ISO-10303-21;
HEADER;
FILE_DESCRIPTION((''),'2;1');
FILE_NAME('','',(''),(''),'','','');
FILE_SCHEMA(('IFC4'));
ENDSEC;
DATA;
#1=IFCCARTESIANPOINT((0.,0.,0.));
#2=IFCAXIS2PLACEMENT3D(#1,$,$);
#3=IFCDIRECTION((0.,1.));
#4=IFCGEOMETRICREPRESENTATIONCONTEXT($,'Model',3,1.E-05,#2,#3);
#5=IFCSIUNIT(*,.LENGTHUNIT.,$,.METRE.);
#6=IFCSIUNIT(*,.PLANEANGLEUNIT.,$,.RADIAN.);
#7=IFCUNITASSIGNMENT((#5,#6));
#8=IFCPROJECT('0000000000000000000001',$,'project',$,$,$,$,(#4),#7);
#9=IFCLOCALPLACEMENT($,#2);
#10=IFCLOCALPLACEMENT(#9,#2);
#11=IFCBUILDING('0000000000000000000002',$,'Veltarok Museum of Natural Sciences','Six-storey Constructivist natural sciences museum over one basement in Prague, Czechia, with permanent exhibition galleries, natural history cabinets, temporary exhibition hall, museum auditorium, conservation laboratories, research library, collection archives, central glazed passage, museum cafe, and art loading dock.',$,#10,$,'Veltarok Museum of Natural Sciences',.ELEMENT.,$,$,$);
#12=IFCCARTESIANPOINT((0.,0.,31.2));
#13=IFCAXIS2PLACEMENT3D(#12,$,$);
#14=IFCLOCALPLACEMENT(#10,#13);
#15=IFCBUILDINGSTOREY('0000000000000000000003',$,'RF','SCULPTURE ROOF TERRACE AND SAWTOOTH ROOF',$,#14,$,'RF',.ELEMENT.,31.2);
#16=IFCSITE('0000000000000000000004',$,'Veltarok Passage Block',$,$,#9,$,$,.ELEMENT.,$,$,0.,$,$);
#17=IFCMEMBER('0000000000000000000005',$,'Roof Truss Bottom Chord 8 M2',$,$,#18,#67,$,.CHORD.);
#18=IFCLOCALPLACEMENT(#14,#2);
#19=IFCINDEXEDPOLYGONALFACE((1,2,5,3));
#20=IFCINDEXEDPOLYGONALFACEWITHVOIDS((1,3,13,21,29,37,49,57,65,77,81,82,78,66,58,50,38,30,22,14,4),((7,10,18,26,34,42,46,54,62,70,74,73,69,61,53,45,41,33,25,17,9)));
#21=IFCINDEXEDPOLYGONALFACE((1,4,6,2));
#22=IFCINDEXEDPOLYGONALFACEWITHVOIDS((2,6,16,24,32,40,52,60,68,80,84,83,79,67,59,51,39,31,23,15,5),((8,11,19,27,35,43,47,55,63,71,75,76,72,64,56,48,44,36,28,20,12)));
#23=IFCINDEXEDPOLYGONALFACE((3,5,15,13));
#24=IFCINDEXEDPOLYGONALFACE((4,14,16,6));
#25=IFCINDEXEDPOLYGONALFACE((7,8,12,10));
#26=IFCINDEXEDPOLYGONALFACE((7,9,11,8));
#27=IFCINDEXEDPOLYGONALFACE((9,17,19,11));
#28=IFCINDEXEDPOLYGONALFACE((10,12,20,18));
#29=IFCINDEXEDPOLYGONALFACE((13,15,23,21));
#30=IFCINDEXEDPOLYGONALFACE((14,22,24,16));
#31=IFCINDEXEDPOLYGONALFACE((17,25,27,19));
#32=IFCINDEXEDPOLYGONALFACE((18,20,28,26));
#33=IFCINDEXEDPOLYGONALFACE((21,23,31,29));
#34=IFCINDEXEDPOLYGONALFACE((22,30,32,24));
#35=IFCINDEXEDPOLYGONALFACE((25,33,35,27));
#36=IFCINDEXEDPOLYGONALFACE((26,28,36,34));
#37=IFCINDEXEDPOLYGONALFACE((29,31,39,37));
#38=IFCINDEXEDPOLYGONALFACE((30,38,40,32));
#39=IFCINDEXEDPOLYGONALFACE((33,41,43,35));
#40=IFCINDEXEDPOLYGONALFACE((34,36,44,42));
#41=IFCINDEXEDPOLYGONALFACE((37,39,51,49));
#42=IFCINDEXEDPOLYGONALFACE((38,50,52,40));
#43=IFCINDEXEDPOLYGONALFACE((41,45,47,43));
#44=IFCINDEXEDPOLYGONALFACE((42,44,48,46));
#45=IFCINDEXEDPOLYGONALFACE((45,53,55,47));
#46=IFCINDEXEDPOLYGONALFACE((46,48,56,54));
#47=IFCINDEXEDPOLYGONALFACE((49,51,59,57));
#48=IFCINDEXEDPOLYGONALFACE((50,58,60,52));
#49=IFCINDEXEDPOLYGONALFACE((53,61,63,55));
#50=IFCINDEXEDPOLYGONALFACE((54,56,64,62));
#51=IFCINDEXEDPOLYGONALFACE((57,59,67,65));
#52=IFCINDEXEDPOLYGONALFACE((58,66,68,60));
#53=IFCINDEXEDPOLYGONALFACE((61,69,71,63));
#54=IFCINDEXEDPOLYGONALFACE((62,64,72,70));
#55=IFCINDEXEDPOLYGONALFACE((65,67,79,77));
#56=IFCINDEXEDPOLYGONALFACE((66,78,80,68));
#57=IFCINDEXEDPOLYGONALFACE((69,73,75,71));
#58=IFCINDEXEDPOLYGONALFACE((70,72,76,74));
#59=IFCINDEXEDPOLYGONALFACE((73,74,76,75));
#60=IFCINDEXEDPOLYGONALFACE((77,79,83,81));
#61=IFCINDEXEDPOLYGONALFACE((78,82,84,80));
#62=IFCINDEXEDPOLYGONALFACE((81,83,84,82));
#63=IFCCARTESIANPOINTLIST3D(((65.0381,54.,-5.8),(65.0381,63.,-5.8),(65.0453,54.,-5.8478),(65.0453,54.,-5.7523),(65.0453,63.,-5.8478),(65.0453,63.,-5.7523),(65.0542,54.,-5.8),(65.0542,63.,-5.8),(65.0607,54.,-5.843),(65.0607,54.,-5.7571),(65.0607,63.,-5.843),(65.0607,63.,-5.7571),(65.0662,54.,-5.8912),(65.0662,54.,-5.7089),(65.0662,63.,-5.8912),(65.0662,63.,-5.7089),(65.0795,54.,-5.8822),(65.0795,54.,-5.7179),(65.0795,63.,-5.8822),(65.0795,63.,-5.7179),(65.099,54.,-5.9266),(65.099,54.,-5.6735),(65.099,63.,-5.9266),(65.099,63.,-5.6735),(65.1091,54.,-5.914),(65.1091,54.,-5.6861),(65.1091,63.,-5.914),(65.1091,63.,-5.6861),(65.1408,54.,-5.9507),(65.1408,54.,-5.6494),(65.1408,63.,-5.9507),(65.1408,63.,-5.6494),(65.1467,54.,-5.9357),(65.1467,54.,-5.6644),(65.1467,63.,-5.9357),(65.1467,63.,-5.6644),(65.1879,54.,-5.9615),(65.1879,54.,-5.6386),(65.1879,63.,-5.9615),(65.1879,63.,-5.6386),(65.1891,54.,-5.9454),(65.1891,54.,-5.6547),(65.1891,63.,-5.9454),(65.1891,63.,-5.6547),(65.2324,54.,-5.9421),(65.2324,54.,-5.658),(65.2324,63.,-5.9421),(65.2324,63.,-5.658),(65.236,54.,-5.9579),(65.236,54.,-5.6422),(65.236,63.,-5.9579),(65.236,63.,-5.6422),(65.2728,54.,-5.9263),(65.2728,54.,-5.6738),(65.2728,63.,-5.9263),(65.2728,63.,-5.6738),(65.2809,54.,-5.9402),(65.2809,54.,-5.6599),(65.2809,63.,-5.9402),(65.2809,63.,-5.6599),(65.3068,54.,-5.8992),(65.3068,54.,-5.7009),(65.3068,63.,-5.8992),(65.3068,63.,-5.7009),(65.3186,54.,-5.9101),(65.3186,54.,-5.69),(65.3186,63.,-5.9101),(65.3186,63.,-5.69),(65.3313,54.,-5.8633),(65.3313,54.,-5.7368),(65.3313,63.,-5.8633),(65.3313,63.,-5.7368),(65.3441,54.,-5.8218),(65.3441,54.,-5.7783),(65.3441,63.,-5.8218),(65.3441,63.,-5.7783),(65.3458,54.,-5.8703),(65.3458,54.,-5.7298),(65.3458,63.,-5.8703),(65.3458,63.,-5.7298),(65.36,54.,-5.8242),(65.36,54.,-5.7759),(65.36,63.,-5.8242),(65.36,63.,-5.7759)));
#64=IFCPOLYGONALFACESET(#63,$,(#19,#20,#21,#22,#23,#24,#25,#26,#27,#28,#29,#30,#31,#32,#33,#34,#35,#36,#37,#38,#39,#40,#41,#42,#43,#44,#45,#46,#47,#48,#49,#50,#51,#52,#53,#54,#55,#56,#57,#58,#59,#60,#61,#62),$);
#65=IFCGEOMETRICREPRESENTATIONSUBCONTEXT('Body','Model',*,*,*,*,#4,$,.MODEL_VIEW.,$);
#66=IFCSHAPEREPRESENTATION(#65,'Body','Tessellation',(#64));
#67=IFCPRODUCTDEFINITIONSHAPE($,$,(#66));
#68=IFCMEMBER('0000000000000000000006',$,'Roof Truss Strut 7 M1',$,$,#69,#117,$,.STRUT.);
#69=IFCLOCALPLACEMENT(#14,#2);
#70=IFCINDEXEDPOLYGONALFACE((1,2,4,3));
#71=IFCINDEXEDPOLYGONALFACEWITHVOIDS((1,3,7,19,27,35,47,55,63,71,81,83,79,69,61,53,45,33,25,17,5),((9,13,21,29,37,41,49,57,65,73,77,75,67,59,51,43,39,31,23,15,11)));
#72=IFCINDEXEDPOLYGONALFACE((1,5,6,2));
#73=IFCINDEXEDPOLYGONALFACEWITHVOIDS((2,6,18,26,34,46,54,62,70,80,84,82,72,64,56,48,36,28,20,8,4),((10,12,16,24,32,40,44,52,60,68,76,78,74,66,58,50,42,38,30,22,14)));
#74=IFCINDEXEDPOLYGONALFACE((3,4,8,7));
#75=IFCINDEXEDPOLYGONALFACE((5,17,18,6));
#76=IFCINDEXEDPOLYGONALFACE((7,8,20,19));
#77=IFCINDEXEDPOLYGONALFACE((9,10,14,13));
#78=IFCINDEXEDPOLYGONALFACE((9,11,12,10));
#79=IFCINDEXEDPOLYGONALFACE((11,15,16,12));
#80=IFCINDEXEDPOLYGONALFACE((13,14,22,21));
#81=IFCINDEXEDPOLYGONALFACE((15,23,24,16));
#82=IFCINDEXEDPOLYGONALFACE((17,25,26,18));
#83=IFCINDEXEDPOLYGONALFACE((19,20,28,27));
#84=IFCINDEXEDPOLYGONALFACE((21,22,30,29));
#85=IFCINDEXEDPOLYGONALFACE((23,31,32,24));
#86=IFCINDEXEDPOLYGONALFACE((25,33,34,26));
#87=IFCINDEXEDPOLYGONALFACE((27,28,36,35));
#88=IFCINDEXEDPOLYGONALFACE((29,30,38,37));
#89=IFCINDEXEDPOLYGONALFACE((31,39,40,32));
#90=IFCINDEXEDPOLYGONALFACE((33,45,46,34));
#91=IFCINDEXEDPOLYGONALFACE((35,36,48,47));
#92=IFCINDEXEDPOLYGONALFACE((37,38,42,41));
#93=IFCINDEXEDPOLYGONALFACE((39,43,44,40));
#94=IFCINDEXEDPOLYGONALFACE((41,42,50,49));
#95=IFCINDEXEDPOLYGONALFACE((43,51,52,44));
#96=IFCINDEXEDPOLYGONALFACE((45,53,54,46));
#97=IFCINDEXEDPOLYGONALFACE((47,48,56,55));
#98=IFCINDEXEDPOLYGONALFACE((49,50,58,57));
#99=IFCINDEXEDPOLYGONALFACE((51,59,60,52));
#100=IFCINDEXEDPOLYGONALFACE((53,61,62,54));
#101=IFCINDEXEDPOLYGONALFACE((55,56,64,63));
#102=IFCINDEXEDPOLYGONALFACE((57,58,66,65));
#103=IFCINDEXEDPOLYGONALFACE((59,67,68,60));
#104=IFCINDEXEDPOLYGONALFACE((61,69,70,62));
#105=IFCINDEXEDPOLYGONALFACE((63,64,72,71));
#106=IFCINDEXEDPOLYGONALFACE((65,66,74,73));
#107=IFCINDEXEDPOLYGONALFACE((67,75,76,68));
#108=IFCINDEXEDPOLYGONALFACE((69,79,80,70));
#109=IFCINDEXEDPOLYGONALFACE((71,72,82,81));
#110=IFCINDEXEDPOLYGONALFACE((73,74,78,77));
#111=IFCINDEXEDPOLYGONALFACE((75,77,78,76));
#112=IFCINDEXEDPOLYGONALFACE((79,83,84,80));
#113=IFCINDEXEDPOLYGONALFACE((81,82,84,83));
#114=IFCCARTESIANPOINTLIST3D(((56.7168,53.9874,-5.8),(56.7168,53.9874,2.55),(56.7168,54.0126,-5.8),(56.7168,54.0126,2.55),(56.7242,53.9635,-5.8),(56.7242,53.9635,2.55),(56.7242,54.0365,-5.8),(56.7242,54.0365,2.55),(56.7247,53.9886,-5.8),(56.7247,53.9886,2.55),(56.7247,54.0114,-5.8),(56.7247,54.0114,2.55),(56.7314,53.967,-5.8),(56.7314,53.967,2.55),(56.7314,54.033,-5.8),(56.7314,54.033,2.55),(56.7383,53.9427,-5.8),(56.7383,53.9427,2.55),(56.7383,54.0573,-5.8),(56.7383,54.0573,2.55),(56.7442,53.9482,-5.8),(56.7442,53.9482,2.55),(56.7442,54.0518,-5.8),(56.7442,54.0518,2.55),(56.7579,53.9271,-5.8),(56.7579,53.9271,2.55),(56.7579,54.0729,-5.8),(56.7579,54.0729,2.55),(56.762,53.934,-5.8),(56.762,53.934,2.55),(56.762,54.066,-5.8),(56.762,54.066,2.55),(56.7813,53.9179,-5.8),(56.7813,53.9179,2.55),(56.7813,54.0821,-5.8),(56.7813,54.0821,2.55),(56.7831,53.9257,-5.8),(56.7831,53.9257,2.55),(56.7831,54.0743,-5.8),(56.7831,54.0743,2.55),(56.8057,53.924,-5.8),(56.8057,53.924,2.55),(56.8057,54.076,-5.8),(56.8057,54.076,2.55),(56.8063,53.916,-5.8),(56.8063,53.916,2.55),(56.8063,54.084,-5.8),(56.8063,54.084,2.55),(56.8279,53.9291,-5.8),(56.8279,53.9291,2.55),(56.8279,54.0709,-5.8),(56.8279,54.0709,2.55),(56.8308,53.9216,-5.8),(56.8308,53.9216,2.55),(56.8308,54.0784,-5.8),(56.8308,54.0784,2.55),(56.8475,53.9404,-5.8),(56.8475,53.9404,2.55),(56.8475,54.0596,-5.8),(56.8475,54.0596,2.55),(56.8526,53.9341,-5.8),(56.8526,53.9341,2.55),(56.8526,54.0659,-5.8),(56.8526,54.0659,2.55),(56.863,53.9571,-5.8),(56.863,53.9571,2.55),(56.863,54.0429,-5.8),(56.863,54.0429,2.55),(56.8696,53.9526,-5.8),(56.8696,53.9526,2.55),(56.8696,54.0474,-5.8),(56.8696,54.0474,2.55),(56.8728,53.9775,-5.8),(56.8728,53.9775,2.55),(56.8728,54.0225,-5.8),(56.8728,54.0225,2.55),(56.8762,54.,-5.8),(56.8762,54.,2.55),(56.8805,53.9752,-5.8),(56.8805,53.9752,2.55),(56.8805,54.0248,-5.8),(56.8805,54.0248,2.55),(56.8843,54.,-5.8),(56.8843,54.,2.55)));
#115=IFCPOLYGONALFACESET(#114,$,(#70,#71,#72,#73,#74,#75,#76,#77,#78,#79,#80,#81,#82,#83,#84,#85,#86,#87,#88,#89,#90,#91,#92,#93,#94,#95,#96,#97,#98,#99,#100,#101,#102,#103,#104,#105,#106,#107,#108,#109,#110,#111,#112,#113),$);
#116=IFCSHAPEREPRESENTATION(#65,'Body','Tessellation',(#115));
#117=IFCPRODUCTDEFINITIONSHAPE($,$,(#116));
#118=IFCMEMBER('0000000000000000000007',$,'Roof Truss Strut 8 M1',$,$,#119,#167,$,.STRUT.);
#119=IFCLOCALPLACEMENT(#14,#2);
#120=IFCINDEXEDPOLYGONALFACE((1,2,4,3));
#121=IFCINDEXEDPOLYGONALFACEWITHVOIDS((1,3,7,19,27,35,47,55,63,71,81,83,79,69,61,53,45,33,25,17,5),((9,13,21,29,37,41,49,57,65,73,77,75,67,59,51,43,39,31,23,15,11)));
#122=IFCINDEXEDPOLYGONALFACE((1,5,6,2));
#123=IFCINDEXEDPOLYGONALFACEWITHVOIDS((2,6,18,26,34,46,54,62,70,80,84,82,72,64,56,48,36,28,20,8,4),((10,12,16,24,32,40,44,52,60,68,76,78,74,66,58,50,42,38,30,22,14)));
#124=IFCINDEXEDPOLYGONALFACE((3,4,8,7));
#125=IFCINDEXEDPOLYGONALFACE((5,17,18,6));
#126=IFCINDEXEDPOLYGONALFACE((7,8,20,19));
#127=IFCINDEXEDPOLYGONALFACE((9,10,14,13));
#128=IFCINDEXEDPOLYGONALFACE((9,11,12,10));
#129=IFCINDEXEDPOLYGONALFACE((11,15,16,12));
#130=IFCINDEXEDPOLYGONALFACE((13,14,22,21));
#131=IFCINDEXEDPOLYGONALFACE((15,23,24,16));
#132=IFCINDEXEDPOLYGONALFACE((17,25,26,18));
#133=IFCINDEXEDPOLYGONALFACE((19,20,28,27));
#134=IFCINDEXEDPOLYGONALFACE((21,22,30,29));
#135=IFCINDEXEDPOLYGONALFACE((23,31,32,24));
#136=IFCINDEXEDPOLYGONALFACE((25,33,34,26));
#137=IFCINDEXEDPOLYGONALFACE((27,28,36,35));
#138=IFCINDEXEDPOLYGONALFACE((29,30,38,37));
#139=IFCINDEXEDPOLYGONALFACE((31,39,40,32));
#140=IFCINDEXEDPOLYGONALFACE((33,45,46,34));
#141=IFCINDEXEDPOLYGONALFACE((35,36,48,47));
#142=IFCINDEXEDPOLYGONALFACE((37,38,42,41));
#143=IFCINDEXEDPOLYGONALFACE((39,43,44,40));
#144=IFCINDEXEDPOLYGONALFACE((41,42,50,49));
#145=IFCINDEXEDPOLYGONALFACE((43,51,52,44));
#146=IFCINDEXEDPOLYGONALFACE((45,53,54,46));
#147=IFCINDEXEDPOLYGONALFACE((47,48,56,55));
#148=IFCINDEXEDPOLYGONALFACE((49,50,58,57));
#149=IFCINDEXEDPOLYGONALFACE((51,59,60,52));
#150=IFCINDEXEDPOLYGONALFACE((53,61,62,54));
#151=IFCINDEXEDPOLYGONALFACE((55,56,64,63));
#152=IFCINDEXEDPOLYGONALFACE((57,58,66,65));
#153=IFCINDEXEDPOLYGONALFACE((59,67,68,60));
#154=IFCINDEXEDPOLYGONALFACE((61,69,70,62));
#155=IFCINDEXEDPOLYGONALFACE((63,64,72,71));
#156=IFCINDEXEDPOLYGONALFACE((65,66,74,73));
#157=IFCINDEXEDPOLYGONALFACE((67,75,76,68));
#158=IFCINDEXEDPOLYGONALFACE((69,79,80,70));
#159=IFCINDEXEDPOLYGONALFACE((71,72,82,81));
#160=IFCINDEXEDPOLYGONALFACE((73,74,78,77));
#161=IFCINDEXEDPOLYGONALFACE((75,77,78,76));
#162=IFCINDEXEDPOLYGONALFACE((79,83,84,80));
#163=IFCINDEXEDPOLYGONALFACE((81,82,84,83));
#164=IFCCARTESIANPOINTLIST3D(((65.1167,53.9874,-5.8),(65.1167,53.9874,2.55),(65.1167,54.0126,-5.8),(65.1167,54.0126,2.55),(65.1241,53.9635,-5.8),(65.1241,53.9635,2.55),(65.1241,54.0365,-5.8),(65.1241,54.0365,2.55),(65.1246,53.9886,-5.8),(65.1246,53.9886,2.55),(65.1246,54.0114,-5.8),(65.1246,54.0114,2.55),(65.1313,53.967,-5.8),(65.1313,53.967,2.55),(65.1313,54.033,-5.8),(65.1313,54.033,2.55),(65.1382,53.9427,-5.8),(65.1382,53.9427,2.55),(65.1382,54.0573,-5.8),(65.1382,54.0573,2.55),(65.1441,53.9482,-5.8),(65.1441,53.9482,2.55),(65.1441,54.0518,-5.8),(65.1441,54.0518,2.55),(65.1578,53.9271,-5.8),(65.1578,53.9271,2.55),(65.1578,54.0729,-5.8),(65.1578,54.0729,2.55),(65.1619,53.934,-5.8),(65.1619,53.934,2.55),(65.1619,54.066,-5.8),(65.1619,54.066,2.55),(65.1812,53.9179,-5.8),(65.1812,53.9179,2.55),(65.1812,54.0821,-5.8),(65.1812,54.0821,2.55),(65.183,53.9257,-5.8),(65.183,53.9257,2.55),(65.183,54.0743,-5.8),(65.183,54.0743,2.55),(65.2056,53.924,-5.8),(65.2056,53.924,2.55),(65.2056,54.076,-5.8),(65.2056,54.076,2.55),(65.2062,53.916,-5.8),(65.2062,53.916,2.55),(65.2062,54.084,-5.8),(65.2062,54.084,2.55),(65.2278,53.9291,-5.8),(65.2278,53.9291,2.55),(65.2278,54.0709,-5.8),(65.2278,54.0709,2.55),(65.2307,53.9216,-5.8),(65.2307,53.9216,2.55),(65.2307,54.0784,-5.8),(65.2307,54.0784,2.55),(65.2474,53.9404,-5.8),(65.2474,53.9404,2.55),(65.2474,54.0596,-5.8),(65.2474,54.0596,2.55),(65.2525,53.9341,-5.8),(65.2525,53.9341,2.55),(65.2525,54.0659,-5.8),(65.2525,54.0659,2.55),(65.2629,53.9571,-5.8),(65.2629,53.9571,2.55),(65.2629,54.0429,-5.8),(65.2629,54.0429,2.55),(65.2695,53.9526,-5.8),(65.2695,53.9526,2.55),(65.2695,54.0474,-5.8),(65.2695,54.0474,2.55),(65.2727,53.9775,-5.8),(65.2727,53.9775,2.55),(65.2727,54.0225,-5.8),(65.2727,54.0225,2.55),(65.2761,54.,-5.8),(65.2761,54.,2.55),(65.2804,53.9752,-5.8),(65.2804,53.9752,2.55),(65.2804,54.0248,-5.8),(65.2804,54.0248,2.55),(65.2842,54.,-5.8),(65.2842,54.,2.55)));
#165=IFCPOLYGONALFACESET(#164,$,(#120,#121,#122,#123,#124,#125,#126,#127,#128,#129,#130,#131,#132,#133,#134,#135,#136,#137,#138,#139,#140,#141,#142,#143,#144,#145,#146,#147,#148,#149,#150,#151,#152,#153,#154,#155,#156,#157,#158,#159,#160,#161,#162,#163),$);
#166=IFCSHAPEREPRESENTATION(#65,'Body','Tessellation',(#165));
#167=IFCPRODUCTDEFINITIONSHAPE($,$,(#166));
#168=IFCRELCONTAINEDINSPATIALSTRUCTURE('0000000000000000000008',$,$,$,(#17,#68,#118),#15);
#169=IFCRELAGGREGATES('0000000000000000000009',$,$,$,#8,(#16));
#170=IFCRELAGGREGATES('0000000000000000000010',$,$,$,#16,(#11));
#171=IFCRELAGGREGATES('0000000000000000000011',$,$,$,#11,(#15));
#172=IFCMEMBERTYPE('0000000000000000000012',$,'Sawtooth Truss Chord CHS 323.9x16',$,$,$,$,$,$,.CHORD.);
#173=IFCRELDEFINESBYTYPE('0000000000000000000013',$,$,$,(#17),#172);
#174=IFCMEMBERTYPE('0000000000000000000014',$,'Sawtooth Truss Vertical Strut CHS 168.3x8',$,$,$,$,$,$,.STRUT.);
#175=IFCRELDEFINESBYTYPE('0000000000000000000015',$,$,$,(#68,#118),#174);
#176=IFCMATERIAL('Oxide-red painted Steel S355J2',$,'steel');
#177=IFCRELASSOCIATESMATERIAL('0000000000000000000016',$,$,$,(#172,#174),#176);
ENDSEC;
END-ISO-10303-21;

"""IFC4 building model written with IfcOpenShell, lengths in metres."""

from ifc_helpers import new_model, si_unit, direction, frame, origin, origin_2d, place, context, subcontext, project, spatial, hollow_circle, extrude, material, material_profile, profile_set, type_object, element, save


model = new_model("IFC4")

# Units and contexts
model_context = context("Model", 3, precision=1e-05, world=origin(), true_north=direction((0.0, 1.0)))
body_context = subcontext(model_context, "Body", "Model", "MODEL_VIEW")
ifc_project = project(units=[si_unit("LENGTHUNIT", "METRE"), si_unit("PLANEANGLEUNIT", "RADIAN")], contexts=[model_context])

# Site, building, storey
site_placement = place(None, origin())
site = spatial("IfcSite", under=ifc_project, at=site_placement, Name="Veltarok Passage Block", CompositionType="ELEMENT", RefElevation=0.0)
building_placement = place(site_placement, origin())
building = spatial("IfcBuilding", under=site, at=building_placement, Name="Veltarok Museum of Natural Sciences", Description="Six-storey Constructivist natural sciences museum over one basement in Prague, Czechia, with permanent exhibition galleries, natural history cabinets, temporary exhibition hall, museum auditorium, conservation laboratories, research library, collection archives, central glazed passage, museum cafe, and art loading dock.", LongName="Veltarok Museum of Natural Sciences", CompositionType="ELEMENT")
storey_placement = place(building_placement, frame((0.0, 0.0, 31.2)))
storey = spatial("IfcBuildingStorey", under=building, at=storey_placement, Name="RF", Description="SCULPTURE ROOF TERRACE AND SAWTOOTH ROOF", LongName="RF", CompositionType="ELEMENT", Elevation=31.2)

# Members
ifc_material_1 = material(Name="Oxide-red painted Steel S355J2", Category="steel")
ifc_material_profile_1 = material_profile(ifc_material_1, hollow_circle(Radius=0.1619, WallThickness=0.0161, at=origin_2d()), Name="CHS 323.9x16")
ifc_profile_set_1 = profile_set([ifc_material_profile_1], Name="Oxide-red painted Steel S355J2")
member_type_1 = type_object("IfcMemberType", Name="Sawtooth Truss Chord CHS 323.9x16", PredefinedType="CHORD", material=ifc_profile_set_1)
member_1_placement = place(storey_placement, frame((65.2, 54.0, -5.8), z_axis=(0.0, 1.0, 0.0), x_axis=(-1.0, 0.0, 0.0)))
element("IfcMember", 1, at=member_1_placement, inside=storey, type_object=member_type_1, Name="Roof Truss Bottom Chord 8 M2", PredefinedType="CHORD", context=body_context, shape_type="SweptSolid", body=[
    extrude(hollow_circle(Radius=0.1619, WallThickness=0.0161, at=origin_2d()), origin(), (0.0, 0.0, 1.0), 9.0),
])
ifc_material_profile_2 = material_profile(ifc_material_1, hollow_circle(Radius=0.0842, WallThickness=0.0081, at=origin_2d()), Name="CHS 168.3x8")
ifc_profile_set_2 = profile_set([ifc_material_profile_2], Name="Oxide-red painted Steel S355J2")
member_type_2 = type_object("IfcMemberType", Name="Sawtooth Truss Vertical Strut CHS 168.3x8", PredefinedType="STRUT", material=ifc_profile_set_2)
for number, where, z_axis, x_axis, name in (
    (2, (56.8, 54.0, -5.8), (0.0, 0.0, 1.0), (1.0, 0.0, 0.0), "Roof Truss Strut 7 M1"),
    (3, (65.2, 54.0, -5.8), (0.0, 0.0, 1.0), (1.0, 0.0, 0.0), "Roof Truss Strut 8 M1"),
):
    element("IfcMember", number, at=place(storey_placement, frame(where, z_axis=z_axis, x_axis=x_axis)), inside=storey, type_object=member_type_2, Name=name, PredefinedType="STRUT", context=body_context, shape_type="SweptSolid", body=[
        extrude(hollow_circle(Radius=0.0842, WallThickness=0.0081, at=origin_2d()), origin(), (0.0, 0.0, 1.0), 8.3501),
    ])

save(model, "model.ifc")
